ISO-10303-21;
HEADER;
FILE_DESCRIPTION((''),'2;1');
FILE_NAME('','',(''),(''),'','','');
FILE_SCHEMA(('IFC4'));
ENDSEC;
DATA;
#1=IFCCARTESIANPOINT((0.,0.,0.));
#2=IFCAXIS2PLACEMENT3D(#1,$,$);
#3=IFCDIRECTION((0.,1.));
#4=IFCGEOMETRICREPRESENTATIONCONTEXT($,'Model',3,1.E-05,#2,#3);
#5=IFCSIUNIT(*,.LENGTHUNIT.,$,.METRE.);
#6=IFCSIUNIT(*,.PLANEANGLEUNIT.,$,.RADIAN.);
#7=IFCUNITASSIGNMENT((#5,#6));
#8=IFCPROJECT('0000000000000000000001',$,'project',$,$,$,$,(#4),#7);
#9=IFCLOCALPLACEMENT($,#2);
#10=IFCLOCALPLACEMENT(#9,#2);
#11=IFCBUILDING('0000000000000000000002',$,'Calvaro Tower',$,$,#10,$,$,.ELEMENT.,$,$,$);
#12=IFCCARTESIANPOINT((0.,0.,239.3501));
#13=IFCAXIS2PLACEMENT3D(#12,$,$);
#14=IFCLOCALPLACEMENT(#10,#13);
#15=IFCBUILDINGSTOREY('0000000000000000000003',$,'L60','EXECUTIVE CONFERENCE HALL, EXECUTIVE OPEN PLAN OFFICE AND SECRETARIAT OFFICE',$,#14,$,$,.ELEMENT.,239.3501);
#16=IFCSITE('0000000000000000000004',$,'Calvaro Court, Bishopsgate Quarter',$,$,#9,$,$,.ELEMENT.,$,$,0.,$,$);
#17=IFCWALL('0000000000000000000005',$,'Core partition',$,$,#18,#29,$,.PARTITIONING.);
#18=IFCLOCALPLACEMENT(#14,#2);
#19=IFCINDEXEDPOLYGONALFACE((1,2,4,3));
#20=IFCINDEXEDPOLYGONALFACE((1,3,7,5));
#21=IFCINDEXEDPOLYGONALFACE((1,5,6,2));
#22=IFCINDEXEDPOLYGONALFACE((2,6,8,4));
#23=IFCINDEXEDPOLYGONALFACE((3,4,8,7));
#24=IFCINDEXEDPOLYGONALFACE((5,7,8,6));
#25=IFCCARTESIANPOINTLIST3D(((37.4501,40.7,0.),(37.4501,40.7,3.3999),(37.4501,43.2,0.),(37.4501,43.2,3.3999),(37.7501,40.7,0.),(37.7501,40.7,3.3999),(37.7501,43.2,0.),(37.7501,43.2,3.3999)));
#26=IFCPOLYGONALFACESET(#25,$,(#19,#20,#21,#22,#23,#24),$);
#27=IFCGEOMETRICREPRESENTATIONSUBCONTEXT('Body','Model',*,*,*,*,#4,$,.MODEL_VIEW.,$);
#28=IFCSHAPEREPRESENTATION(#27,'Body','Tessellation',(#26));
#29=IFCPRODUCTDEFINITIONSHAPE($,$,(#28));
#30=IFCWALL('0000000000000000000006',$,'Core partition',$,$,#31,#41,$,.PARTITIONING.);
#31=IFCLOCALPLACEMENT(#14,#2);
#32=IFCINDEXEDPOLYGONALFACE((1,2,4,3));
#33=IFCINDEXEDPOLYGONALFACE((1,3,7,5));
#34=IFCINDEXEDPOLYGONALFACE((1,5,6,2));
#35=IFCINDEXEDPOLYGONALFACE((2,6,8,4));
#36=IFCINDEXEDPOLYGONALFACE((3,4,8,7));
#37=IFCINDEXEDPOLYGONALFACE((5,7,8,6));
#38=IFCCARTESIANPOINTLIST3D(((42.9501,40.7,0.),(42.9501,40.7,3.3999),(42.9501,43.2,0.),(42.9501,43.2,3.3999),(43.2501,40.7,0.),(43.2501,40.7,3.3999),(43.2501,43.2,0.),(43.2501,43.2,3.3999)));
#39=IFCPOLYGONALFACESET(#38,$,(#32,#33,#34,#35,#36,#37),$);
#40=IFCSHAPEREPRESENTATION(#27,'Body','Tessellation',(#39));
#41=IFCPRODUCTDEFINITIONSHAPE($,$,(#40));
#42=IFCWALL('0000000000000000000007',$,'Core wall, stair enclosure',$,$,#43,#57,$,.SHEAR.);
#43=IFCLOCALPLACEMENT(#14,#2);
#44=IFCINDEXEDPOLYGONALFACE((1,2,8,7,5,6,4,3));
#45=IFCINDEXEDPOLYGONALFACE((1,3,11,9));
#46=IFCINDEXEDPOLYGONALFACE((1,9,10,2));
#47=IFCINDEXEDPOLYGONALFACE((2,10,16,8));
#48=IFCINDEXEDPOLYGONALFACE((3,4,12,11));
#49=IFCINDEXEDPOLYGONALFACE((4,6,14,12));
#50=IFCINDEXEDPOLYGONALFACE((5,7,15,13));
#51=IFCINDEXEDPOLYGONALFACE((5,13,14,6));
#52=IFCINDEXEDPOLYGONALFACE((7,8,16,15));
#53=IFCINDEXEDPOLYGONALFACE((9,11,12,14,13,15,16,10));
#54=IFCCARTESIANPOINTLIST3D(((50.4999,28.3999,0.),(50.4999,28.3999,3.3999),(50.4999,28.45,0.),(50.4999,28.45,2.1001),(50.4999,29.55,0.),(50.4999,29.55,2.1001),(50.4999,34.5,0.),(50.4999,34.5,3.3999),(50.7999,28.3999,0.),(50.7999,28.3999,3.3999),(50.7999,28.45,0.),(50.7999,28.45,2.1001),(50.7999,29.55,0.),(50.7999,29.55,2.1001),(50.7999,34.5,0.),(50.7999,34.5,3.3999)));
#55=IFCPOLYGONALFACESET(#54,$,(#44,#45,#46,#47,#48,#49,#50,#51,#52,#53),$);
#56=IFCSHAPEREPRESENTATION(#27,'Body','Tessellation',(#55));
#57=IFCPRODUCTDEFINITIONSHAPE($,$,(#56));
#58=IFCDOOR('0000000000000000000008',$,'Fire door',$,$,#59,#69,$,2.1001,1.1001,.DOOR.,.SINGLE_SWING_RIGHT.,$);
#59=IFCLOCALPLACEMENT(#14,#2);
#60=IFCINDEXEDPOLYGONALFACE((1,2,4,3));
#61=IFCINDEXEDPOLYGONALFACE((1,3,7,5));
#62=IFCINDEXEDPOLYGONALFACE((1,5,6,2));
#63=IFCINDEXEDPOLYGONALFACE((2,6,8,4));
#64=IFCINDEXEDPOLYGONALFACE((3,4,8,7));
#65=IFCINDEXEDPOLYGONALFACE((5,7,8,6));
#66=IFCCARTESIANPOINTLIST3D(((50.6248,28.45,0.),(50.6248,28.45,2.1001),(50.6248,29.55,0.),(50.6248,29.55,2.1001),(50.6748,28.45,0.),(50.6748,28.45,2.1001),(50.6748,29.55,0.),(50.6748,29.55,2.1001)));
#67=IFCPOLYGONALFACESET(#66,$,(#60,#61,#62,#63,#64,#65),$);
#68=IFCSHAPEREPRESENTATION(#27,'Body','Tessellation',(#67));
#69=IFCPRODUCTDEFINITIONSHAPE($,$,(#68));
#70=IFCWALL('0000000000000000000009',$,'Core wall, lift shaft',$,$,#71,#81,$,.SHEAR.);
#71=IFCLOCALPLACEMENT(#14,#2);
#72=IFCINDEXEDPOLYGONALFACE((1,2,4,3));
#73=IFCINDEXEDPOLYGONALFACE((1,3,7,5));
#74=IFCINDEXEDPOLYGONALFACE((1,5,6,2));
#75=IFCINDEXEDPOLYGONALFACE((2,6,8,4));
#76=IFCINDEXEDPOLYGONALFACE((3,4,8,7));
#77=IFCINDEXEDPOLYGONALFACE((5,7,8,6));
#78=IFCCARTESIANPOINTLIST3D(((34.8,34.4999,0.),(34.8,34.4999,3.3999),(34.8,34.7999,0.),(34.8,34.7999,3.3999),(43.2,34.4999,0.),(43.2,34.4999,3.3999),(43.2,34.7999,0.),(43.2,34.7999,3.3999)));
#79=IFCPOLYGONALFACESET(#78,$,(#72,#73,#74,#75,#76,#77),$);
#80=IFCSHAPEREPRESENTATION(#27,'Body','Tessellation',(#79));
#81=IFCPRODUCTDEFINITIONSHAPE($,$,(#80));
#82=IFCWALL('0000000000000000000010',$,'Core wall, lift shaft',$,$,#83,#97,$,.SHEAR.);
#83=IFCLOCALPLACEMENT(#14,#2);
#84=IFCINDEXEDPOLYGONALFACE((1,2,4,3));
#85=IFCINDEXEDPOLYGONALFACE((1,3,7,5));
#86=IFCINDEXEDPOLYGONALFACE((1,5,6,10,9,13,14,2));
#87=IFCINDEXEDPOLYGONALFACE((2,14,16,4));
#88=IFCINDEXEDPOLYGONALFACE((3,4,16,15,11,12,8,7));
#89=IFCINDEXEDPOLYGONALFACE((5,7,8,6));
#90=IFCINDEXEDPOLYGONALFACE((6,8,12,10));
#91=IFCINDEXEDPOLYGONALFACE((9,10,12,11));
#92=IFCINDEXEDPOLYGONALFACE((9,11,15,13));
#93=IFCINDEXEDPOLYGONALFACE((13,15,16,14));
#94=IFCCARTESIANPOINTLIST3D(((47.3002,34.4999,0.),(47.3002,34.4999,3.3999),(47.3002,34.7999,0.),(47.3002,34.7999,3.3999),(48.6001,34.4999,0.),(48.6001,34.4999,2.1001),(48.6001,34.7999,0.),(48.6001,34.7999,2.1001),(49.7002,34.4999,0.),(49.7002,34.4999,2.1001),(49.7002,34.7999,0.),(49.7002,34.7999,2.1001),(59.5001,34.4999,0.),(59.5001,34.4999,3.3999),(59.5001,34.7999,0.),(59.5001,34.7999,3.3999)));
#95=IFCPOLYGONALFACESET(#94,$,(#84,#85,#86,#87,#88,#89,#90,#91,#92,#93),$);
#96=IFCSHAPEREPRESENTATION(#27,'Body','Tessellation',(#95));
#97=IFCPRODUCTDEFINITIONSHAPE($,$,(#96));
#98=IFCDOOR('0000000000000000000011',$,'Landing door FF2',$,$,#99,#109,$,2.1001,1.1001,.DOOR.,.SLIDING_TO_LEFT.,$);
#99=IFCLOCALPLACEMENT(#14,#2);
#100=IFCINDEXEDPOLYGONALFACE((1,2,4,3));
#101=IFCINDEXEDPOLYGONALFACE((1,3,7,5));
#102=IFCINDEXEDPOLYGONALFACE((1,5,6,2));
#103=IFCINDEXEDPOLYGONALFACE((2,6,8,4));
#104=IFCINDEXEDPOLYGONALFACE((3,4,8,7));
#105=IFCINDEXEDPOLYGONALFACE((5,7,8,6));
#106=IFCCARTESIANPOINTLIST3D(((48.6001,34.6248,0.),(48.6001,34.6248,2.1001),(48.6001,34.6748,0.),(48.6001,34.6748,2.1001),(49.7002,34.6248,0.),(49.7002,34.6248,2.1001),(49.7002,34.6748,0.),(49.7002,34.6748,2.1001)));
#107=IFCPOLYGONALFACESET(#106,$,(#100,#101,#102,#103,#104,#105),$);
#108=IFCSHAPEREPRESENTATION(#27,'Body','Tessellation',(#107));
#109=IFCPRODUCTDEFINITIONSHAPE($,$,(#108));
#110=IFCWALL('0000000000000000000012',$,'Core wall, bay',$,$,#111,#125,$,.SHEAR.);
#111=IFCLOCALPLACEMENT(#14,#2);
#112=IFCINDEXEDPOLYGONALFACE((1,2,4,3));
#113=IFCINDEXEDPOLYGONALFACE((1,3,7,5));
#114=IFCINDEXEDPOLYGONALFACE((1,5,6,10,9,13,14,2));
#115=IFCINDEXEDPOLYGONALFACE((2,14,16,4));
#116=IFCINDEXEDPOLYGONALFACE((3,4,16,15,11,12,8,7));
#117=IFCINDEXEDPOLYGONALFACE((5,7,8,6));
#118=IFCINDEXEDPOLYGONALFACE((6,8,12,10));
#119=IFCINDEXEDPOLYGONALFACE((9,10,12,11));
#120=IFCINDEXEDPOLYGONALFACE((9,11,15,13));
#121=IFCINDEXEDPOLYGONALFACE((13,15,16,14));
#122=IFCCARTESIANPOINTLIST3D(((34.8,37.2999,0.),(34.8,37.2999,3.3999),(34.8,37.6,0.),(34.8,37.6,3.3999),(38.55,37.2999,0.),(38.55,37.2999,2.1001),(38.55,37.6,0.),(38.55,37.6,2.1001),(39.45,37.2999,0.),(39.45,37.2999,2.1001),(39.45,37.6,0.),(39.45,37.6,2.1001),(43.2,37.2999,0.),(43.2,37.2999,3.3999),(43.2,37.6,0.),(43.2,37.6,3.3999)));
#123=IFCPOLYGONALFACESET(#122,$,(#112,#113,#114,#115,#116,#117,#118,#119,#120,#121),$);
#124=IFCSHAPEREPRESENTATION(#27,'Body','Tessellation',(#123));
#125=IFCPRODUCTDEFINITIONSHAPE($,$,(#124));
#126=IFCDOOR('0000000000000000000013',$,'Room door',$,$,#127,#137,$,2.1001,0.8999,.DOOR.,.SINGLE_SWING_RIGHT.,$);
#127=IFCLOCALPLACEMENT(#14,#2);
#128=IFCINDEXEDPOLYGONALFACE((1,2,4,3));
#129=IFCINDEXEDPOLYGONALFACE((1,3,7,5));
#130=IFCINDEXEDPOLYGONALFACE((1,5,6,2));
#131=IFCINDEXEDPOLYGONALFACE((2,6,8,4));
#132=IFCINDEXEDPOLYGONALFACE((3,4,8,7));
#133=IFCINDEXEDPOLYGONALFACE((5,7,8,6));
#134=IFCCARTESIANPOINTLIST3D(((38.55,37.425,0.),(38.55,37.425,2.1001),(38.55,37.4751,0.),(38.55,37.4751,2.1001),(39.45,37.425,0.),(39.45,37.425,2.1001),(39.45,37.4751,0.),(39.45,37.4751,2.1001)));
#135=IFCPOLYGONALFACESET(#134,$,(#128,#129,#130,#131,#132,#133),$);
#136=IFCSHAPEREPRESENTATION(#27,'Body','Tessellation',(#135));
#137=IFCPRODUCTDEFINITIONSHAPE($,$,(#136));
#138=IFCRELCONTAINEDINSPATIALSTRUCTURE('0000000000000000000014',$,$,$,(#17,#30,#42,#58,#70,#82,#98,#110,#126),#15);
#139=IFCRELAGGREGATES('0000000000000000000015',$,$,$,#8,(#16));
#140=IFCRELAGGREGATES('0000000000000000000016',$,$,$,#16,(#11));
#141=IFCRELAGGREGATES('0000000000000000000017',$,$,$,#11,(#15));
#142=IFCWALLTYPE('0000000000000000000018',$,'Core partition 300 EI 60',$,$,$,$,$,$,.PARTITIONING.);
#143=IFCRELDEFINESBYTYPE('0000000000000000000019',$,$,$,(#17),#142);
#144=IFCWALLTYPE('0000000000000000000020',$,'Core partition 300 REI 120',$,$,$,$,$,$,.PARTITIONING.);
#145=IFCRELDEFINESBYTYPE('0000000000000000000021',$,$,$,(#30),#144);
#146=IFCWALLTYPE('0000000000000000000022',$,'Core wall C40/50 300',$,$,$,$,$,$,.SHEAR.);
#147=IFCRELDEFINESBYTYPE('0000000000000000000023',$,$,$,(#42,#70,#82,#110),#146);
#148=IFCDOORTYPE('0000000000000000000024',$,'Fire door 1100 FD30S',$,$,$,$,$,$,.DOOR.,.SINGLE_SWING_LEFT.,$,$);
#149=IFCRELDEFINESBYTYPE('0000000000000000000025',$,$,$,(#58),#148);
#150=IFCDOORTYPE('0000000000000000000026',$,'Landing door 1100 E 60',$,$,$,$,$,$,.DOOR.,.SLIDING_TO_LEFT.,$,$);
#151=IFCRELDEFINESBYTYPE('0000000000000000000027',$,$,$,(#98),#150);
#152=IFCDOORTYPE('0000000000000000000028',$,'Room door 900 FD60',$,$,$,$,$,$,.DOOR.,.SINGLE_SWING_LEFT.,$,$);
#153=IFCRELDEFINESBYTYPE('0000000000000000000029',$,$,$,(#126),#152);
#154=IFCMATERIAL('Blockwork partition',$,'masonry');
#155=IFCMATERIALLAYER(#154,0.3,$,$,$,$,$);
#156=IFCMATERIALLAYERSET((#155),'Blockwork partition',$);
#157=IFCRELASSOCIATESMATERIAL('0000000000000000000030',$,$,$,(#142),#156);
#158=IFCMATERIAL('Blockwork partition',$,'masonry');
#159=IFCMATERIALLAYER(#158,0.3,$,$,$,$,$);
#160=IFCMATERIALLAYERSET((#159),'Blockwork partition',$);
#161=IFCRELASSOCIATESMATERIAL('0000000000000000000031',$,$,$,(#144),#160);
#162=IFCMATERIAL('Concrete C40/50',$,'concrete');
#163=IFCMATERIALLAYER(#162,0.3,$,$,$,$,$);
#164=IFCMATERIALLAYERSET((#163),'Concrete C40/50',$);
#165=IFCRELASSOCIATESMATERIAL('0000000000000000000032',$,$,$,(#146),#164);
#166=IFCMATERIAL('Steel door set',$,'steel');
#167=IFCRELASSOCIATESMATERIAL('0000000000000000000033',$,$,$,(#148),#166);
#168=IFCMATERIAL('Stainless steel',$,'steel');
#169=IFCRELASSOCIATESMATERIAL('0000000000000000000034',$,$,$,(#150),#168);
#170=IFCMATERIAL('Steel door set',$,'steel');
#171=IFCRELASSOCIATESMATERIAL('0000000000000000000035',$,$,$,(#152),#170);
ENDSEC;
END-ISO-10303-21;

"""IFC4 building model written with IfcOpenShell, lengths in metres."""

from ifc_helpers import new_model, si_unit, direction, frame, frame_2d, origin, place, context, subcontext, project, spatial, rectangle, extrude, material, layer, layer_set, type_object, element, fill, save


model = new_model("IFC4")

# Units and contexts
model_context = context("Model", 3, precision=1e-05, world=origin(), true_north=direction((0.0, 1.0)))
body_context = subcontext(model_context, "Body", "Model", "MODEL_VIEW")
ifc_project = project(units=[si_unit("LENGTHUNIT", "METRE"), si_unit("PLANEANGLEUNIT", "RADIAN")], contexts=[model_context])

# Site, building, storey
site_placement = place(None, origin())
site = spatial("IfcSite", under=ifc_project, at=site_placement, Name="Calvaro Court, Bishopsgate Quarter", CompositionType="ELEMENT", RefElevation=0.0)
building_placement = place(site_placement, origin())
building = spatial("IfcBuilding", under=site, at=building_placement, Name="Calvaro Tower", CompositionType="ELEMENT")
storey_placement = place(building_placement, frame((0.0, 0.0, 239.3501)))
storey = spatial("IfcBuildingStorey", under=building, at=storey_placement, Name="L60", Description="EXECUTIVE CONFERENCE HALL, EXECUTIVE OPEN PLAN OFFICE AND SECRETARIAT OFFICE", CompositionType="ELEMENT", Elevation=239.3501)

# Walls
ifc_material_1 = material(Name="Blockwork partition", Category="masonry")
ifc_layer_1 = layer(ifc_material_1, 0.3)
ifc_layer_set_1 = layer_set([ifc_layer_1], Name="Blockwork partition")
wall_type_1 = type_object("IfcWallType", Name="Core partition 300 EI 60", PredefinedType="PARTITIONING", material=ifc_layer_set_1)
wall_1_placement = place(storey_placement, frame((37.6001, 40.7, 0.0), z_axis=(0.0, 0.0, 1.0), x_axis=(0.0, 1.0, 0.0)))
element("IfcWall", 1, at=wall_1_placement, inside=storey, type_object=wall_type_1, Name="Core partition", PredefinedType="PARTITIONING", context=body_context, shape_type="SweptSolid", body=[
    extrude(rectangle(XDim=2.5, YDim=0.3, at=frame_2d((1.25, 0.0))), origin(), (0.0, 0.0, 1.0), 3.3999),
])
ifc_material_2 = material(Name="Blockwork partition", Category="masonry")
ifc_layer_2 = layer(ifc_material_2, 0.3)
ifc_layer_set_2 = layer_set([ifc_layer_2], Name="Blockwork partition")
wall_type_2 = type_object("IfcWallType", Name="Core partition 300 REI 120", PredefinedType="PARTITIONING", material=ifc_layer_set_2)
wall_2_placement = place(storey_placement, frame((43.1001, 40.7, 0.0), z_axis=(0.0, 0.0, 1.0), x_axis=(0.0, 1.0, 0.0)))
element("IfcWall", 2, at=wall_2_placement, inside=storey, type_object=wall_type_2, Name="Core partition", PredefinedType="PARTITIONING", context=body_context, shape_type="SweptSolid", body=[
    extrude(rectangle(XDim=2.5, YDim=0.3, at=frame_2d((1.25, 0.0))), origin(), (0.0, 0.0, 1.0), 3.3999),
])

# Wall, opening, door
ifc_material_3 = material(Name="Concrete C40/50", Category="concrete")
ifc_layer_3 = layer(ifc_material_3, 0.3)
ifc_layer_set_3 = layer_set([ifc_layer_3], Name="Concrete C40/50")
wall_type_3 = type_object("IfcWallType", Name="Core wall C40/50 300", PredefinedType="SHEAR", material=ifc_layer_set_3)
wall_3_placement = place(storey_placement, frame((50.6499, 34.5, 0.0), z_axis=(0.0, 0.0, 1.0), x_axis=(0.0, -1.0, 0.0)))
wall_3 = element("IfcWall", 3, at=wall_3_placement, inside=storey, type_object=wall_type_3, Name="Core wall, stair enclosure", PredefinedType="SHEAR", context=body_context, shape_type="SweptSolid", body=[
    extrude(rectangle(XDim=6.1001, YDim=0.3, at=frame_2d((3.05, 0.0))), origin(), (0.0, 0.0, 1.0), 3.3999),
])
opening_1_placement = place(wall_3_placement, frame((4.95, 0.0, 0.0)))
opening_1 = element("IfcOpeningElement", 4, at=opening_1_placement, cuts=wall_3, PredefinedType="OPENING", context=body_context, shape_type="SweptSolid", body=[
    extrude(rectangle(XDim=1.1001, YDim=2.1001, at=frame_2d((0.55, 1.05))), frame((0.0, 0.1599, 0.0), z_axis=(0.0, -1.0, 0.0), x_axis=(1.0, 0.0, 0.0)), (0.0, 0.0, 1.0), 0.3201),
])
ifc_material_4 = material(Name="Steel door set", Category="steel")
door_type_1 = type_object("IfcDoorType", Name="Fire door 1100 FD30S", OperationType="SINGLE_SWING_LEFT", PredefinedType="DOOR", material=ifc_material_4)
door_1_placement = place(opening_1_placement, origin())
door_1 = element("IfcDoor", 5, at=door_1_placement, inside=storey, type_object=door_type_1, Name="Fire door", OperationType="SINGLE_SWING_RIGHT", OverallHeight=2.1001, OverallWidth=1.1001, PredefinedType="DOOR", context=body_context, shape_type="SweptSolid", body=[
    extrude(rectangle(XDim=1.1001, YDim=2.1001, at=frame_2d((0.55, 1.05))), frame((0.0, 0.0249, 0.0), z_axis=(0.0, -1.0, 0.0), x_axis=(1.0, 0.0, 0.0)), (0.0, 0.0, 1.0), 0.05),
])
fill(opening_1, door_1)

# Wall
wall_4_placement = place(storey_placement, frame((34.8, 34.6499, 0.0), z_axis=(0.0, 0.0, 1.0), x_axis=(1.0, 0.0, 0.0)))
element("IfcWall", 6, at=wall_4_placement, inside=storey, type_object=wall_type_3, Name="Core wall, lift shaft", PredefinedType="SHEAR", context=body_context, shape_type="SweptSolid", body=[
    extrude(rectangle(XDim=8.3999, YDim=0.3, at=frame_2d((4.2, 0.0))), origin(), (0.0, 0.0, 1.0), 3.3999),
])

# Walls, openings, doors
wall_5_placement = place(storey_placement, frame((47.3, 34.6499, 0.0), z_axis=(0.0, 0.0, 1.0), x_axis=(1.0, 0.0, 0.0)))
wall_5 = element("IfcWall", 7, at=wall_5_placement, inside=storey, type_object=wall_type_3, Name="Core wall, lift shaft", PredefinedType="SHEAR", context=body_context, shape_type="SweptSolid", body=[
    extrude(rectangle(XDim=12.2, YDim=0.3, at=frame_2d((6.1001, 0.0))), origin(), (0.0, 0.0, 1.0), 3.3999),
])
opening_2_placement = place(wall_5_placement, frame((1.3, 0.0, 0.0)))
opening_2 = element("IfcOpeningElement", 8, at=opening_2_placement, cuts=wall_5, PredefinedType="OPENING", context=body_context, shape_type="SweptSolid", body=[
    extrude(rectangle(XDim=1.1001, YDim=2.1001, at=frame_2d((0.55, 1.05))), frame((0.0, 0.1599, 0.0), z_axis=(0.0, -1.0, 0.0), x_axis=(1.0, 0.0, 0.0)), (0.0, 0.0, 1.0), 0.3201),
])
ifc_material_5 = material(Name="Stainless steel", Category="steel")
door_type_2 = type_object("IfcDoorType", Name="Landing door 1100 E 60", OperationType="SLIDING_TO_LEFT", PredefinedType="DOOR", material=ifc_material_5)
door_2_placement = place(opening_2_placement, origin())
door_2 = element("IfcDoor", 9, at=door_2_placement, inside=storey, type_object=door_type_2, Name="Landing door FF2", OperationType="SLIDING_TO_LEFT", OverallHeight=2.1001, OverallWidth=1.1001, PredefinedType="DOOR", context=body_context, shape_type="SweptSolid", body=[
    extrude(rectangle(XDim=1.1001, YDim=2.1001, at=frame_2d((0.55, 1.05))), frame((0.0, 0.0249, 0.0), z_axis=(0.0, -1.0, 0.0), x_axis=(1.0, 0.0, 0.0)), (0.0, 0.0, 1.0), 0.05),
])
fill(opening_2, door_2)
wall_6_placement = place(storey_placement, frame((43.2, 37.45, 0.0), z_axis=(0.0, 0.0, 1.0), x_axis=(-1.0, 0.0, 0.0)))
wall_6 = element("IfcWall", 10, at=wall_6_placement, inside=storey, type_object=wall_type_3, Name="Core wall, bay", PredefinedType="SHEAR", context=body_context, shape_type="SweptSolid", body=[
    extrude(rectangle(XDim=8.3999, YDim=0.3, at=frame_2d((4.2, 0.0))), origin(), (0.0, 0.0, 1.0), 3.3999),
])
opening_3_placement = place(wall_6_placement, frame((3.75, 0.0, 0.0)))
opening_3 = element("IfcOpeningElement", 11, at=opening_3_placement, cuts=wall_6, PredefinedType="OPENING", context=body_context, shape_type="SweptSolid", body=[
    extrude(rectangle(XDim=0.8999, YDim=2.1001, at=frame_2d((0.45, 1.05))), frame((0.0, 0.1599, 0.0), z_axis=(0.0, -1.0, 0.0), x_axis=(1.0, 0.0, 0.0)), (0.0, 0.0, 1.0), 0.3201),
])
ifc_material_6 = material(Name="Steel door set", Category="steel")
door_type_3 = type_object("IfcDoorType", Name="Room door 900 FD60", OperationType="SINGLE_SWING_LEFT", PredefinedType="DOOR", material=ifc_material_6)
door_3_placement = place(opening_3_placement, origin())
door_3 = element("IfcDoor", 12, at=door_3_placement, inside=storey, type_object=door_type_3, Name="Room door", OperationType="SINGLE_SWING_RIGHT", OverallHeight=2.1001, OverallWidth=0.8999, PredefinedType="DOOR", context=body_context, shape_type="SweptSolid", body=[
    extrude(rectangle(XDim=0.8999, YDim=2.1001, at=frame_2d((0.45, 1.05))), frame((0.0, 0.0249, 0.0), z_axis=(0.0, -1.0, 0.0), x_axis=(1.0, 0.0, 0.0)), (0.0, 0.0, 1.0), 0.05),
])
fill(opening_3, door_3)

save(model, "model.ifc")
